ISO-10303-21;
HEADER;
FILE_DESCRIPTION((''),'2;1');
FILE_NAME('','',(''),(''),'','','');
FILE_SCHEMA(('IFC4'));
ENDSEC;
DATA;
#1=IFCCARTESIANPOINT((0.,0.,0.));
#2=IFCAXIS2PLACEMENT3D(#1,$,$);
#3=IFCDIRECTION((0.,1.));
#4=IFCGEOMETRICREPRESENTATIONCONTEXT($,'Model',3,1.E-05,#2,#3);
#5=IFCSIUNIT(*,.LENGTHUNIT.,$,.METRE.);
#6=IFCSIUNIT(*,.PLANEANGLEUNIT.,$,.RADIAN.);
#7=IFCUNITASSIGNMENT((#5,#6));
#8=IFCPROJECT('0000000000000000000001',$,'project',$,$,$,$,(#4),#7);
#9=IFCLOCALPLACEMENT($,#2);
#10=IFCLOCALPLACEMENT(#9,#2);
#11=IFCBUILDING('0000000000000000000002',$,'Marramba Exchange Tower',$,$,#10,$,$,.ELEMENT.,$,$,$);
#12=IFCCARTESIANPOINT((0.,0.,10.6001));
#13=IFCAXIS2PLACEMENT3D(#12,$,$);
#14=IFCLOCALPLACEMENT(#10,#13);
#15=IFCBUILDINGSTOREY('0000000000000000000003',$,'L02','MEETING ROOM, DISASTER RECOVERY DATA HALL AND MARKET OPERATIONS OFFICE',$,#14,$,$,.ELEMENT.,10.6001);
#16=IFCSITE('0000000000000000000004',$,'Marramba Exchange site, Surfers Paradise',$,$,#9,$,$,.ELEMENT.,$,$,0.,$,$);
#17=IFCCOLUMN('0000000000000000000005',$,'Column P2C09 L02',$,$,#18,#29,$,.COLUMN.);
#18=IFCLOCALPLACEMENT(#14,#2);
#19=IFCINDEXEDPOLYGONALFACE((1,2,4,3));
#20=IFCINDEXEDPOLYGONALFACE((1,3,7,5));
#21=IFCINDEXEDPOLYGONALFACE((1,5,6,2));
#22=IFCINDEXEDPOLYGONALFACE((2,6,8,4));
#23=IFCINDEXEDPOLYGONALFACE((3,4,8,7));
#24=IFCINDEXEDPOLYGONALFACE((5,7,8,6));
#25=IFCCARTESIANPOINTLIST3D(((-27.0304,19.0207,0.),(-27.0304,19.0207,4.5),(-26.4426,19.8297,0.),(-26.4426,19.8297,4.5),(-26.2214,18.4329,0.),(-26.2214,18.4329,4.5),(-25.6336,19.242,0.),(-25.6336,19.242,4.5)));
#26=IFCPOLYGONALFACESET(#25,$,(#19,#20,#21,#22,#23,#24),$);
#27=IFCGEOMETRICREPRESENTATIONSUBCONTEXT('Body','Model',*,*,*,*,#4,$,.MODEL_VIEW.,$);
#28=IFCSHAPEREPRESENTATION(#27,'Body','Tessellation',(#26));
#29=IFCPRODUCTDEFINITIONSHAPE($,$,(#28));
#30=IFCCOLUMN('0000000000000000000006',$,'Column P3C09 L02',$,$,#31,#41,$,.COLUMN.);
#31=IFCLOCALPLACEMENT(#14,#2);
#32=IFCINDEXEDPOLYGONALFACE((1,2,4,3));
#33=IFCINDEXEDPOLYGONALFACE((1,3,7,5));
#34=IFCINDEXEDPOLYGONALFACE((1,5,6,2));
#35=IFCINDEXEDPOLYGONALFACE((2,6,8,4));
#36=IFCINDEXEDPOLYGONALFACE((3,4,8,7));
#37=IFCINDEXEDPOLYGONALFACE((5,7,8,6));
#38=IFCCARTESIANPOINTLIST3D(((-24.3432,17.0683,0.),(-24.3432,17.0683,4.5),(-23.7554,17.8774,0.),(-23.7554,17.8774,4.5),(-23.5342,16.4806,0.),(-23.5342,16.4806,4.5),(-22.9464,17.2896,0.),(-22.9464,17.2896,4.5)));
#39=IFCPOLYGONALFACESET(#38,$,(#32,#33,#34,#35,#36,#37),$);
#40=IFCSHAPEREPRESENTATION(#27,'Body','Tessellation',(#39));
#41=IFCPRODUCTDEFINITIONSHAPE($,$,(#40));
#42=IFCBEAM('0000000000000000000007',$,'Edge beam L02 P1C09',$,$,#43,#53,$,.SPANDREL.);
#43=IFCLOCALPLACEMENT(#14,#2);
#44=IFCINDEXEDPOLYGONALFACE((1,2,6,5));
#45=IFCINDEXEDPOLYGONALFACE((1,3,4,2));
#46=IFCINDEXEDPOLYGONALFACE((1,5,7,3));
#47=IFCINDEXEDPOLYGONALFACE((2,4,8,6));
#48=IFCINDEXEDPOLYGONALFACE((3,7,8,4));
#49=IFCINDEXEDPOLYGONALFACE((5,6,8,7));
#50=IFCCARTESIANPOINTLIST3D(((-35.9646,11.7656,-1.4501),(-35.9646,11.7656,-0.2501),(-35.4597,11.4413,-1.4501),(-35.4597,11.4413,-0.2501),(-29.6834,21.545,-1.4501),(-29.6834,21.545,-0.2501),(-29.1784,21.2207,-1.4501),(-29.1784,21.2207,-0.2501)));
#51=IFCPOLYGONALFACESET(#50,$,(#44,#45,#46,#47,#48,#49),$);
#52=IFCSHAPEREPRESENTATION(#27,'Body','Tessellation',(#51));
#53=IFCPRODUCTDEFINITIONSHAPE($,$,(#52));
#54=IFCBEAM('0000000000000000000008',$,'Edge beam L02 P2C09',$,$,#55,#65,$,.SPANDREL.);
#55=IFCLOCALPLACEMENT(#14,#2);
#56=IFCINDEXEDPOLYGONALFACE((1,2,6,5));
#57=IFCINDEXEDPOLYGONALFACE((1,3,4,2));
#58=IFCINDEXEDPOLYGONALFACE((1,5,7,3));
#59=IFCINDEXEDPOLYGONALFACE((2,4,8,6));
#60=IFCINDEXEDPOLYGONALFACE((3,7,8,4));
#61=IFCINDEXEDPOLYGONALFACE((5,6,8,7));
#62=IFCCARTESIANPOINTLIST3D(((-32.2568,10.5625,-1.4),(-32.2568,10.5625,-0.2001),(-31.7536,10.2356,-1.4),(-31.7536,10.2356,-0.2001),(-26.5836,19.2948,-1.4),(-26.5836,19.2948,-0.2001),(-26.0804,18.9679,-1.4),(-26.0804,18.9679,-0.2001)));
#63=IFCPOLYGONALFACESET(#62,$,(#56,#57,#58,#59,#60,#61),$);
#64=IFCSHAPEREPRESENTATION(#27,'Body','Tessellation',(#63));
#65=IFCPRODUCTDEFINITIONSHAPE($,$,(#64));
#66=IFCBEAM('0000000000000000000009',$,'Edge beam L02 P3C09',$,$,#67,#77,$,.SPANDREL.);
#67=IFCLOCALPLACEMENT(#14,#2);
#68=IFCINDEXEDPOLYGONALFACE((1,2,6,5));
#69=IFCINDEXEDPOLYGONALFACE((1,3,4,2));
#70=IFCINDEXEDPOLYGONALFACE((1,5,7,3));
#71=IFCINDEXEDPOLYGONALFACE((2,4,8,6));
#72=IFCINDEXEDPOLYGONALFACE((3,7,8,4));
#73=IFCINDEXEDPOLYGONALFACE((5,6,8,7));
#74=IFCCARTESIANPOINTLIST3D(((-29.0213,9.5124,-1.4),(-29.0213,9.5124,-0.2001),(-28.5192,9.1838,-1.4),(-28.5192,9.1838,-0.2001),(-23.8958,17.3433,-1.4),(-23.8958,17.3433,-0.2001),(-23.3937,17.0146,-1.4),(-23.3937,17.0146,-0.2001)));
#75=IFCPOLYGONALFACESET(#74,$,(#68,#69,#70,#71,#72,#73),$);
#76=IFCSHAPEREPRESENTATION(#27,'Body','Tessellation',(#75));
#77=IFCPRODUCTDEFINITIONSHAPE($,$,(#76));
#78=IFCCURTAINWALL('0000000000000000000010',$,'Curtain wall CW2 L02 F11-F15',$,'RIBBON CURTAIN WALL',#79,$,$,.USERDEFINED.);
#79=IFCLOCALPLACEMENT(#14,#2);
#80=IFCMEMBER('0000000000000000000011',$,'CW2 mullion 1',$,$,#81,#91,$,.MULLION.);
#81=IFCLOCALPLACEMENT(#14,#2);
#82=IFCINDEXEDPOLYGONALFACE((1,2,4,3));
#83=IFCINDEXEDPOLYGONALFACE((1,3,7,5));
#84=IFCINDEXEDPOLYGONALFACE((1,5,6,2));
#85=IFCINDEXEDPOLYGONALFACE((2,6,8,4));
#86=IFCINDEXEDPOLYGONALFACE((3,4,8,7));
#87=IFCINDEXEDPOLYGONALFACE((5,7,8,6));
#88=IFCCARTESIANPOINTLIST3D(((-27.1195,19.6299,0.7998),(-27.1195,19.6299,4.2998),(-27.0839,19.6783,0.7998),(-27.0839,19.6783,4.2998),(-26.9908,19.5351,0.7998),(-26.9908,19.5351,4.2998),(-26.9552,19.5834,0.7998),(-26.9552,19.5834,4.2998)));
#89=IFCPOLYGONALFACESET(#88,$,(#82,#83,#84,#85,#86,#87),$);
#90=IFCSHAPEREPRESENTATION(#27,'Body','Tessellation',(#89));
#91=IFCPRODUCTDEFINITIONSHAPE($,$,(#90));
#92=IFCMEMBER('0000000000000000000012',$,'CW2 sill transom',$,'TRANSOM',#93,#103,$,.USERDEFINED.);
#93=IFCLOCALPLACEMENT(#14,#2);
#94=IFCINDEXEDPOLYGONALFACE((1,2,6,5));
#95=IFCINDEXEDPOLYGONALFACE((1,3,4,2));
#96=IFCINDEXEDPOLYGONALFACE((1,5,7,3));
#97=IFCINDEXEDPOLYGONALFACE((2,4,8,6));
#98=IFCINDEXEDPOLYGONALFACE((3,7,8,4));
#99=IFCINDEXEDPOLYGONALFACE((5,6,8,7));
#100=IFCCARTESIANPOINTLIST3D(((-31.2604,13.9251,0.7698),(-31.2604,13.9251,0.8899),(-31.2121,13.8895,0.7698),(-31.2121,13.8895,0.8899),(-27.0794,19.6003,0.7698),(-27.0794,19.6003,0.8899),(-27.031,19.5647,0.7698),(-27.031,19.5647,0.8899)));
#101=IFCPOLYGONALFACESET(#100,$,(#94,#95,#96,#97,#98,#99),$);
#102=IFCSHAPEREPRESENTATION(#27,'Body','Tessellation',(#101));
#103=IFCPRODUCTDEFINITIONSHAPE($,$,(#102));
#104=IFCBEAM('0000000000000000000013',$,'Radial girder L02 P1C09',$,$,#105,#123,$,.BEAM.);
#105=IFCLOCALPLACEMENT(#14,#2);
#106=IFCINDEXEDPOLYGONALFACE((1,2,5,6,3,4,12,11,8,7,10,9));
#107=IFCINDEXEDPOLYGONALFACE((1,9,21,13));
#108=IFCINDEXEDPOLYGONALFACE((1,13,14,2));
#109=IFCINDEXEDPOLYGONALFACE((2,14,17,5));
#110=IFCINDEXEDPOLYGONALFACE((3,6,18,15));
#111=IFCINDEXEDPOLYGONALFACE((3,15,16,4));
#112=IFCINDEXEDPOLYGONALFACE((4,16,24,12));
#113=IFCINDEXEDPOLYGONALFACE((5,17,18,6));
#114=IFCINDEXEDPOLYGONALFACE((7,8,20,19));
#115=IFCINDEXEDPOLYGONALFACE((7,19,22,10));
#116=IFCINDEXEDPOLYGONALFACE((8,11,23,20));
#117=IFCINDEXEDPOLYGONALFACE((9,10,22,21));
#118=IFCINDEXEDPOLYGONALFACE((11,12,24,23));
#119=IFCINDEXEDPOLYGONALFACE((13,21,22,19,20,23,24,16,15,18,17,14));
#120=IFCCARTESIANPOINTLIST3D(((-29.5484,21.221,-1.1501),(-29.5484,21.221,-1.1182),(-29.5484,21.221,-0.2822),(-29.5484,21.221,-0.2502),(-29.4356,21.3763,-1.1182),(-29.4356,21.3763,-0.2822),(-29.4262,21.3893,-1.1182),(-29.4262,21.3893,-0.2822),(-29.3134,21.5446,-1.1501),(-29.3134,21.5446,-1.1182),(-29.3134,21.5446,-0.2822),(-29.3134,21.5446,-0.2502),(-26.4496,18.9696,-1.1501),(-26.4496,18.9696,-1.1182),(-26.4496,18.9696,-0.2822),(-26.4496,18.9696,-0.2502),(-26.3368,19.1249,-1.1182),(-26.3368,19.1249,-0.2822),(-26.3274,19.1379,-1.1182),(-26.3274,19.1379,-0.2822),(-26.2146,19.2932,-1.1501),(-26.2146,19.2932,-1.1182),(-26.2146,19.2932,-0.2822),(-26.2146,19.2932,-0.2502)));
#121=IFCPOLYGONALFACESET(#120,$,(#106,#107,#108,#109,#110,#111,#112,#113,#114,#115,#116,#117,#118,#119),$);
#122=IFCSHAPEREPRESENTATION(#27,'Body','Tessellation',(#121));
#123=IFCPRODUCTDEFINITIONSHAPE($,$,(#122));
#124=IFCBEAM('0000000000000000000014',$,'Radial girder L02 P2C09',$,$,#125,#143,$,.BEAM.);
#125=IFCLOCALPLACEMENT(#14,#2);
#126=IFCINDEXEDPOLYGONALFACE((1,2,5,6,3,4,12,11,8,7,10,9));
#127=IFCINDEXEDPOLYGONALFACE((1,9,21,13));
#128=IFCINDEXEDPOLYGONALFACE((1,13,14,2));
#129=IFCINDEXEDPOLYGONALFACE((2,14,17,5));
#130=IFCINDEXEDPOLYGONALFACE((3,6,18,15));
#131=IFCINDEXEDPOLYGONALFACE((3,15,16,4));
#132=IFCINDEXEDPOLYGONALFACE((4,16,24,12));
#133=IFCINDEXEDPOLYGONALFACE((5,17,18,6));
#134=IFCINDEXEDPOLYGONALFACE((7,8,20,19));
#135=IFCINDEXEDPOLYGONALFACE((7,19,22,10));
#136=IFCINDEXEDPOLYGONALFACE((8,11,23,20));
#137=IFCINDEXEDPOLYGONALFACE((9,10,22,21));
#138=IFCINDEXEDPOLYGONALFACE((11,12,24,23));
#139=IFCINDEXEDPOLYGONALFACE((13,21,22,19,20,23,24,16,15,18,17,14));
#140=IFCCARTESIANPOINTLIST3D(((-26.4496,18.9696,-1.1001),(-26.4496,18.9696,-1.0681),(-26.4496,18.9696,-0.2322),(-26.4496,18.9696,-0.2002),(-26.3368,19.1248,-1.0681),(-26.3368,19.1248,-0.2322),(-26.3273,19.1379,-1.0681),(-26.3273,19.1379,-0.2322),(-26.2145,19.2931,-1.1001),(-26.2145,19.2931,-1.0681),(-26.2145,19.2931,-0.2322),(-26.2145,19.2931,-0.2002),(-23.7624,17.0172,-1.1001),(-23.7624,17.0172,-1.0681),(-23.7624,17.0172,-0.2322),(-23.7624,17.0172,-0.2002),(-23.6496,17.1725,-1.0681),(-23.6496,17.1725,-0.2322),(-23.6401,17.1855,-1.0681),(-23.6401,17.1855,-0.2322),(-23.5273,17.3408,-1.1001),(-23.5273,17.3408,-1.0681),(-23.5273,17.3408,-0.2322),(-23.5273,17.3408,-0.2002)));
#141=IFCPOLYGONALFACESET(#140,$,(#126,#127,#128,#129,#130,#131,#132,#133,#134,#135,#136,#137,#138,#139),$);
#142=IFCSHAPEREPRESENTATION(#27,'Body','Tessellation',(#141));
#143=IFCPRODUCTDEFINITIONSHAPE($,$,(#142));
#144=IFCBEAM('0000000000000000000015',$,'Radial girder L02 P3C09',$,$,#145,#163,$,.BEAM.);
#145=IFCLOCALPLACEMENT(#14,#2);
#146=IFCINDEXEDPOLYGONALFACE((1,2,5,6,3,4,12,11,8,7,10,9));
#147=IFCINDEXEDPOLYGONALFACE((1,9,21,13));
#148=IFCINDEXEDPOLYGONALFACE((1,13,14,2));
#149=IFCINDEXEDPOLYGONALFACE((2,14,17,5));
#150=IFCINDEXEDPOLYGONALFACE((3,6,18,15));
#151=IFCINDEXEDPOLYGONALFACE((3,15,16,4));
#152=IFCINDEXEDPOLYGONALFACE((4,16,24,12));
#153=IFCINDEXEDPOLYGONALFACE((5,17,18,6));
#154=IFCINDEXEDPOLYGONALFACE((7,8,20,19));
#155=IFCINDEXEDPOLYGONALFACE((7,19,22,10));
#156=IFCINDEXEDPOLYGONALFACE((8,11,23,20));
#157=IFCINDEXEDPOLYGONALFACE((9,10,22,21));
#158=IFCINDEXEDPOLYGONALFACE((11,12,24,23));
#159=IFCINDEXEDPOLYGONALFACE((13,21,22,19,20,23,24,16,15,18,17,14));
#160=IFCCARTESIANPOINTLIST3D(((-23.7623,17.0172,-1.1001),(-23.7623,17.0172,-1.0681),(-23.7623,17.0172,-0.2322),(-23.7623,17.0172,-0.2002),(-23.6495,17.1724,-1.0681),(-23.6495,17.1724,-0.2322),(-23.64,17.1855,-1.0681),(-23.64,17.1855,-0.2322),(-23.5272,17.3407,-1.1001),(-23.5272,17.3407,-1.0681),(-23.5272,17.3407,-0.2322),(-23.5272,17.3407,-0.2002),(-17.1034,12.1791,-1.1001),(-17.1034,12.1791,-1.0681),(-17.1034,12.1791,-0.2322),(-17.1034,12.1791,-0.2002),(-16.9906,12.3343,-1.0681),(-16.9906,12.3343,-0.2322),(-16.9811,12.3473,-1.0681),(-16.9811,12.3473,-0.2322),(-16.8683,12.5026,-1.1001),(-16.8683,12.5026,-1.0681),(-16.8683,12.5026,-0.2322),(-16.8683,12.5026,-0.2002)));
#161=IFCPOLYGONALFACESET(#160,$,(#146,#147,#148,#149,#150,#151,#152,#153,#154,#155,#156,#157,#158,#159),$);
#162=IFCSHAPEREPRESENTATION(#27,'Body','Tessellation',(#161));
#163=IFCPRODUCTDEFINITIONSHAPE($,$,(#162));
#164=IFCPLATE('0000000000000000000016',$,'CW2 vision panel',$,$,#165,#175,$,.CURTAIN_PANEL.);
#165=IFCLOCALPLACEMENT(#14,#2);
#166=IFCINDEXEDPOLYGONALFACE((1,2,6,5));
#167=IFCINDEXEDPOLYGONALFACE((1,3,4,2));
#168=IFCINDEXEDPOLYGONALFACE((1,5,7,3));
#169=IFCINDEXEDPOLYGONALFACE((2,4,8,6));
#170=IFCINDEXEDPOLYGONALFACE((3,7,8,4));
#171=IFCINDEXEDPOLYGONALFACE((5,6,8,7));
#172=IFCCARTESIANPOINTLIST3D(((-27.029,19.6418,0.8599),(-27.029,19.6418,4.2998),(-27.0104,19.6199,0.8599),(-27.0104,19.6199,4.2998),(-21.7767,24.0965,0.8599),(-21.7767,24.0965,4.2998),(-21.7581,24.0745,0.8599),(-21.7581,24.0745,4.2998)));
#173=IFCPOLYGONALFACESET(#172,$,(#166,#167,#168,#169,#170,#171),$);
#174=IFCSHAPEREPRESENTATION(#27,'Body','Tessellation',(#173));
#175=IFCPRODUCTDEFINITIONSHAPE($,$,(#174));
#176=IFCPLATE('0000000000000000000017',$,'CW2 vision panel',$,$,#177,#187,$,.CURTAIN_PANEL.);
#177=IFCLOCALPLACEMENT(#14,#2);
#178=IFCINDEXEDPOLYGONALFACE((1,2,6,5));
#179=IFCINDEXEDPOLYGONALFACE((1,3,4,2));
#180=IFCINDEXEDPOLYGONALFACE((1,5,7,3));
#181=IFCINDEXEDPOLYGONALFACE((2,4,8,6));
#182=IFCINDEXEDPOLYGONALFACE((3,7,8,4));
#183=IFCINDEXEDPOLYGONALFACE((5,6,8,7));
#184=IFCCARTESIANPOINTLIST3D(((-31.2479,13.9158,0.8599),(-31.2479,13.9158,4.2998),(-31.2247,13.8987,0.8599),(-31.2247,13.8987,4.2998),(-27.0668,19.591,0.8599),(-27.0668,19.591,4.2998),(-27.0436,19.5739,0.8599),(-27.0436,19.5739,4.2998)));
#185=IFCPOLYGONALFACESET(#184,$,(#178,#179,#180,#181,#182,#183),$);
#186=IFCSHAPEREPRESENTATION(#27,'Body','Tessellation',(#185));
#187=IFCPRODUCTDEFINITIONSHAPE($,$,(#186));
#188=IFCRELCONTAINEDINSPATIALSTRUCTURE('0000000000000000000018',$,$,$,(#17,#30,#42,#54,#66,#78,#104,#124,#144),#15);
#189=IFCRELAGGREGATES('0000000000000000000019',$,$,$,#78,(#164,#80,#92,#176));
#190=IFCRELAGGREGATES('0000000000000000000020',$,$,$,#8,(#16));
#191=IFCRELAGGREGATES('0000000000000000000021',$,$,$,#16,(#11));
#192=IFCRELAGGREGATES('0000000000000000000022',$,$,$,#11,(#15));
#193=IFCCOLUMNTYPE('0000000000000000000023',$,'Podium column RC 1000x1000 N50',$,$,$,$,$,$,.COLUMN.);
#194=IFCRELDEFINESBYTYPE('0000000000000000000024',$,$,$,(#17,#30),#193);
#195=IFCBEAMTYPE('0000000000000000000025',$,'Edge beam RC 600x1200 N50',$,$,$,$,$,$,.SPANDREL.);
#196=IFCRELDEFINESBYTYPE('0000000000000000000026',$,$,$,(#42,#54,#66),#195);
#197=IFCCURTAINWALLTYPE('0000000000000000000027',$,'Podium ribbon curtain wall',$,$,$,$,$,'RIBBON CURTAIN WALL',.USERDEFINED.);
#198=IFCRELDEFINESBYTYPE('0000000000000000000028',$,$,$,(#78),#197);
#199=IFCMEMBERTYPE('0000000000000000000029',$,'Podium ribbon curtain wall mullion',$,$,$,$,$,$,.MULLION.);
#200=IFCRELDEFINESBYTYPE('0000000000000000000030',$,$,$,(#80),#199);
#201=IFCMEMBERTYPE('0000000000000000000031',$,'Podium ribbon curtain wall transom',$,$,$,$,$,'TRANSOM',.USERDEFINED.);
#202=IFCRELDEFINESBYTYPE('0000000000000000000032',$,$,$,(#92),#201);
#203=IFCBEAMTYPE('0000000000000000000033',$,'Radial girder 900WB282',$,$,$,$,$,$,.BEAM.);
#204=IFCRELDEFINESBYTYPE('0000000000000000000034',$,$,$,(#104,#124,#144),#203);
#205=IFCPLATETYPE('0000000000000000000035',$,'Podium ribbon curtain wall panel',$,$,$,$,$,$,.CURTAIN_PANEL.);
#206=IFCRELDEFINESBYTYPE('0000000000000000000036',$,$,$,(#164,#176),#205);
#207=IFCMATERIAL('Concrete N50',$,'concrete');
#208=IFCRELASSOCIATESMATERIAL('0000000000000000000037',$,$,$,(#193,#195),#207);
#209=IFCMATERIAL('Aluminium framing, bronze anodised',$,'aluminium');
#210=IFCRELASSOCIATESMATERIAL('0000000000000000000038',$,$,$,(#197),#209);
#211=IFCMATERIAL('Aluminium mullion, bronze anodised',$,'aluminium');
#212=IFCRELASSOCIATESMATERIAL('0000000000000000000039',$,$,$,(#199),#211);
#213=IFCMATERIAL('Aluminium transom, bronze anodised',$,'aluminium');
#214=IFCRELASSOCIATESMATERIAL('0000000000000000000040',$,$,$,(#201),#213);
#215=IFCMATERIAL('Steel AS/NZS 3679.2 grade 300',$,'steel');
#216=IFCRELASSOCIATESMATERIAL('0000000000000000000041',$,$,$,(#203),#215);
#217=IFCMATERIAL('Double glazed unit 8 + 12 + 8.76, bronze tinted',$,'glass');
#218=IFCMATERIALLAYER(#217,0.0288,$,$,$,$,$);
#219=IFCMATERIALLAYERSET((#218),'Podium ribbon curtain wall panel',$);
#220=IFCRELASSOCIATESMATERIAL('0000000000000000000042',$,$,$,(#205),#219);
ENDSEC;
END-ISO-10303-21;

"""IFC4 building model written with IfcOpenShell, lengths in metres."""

from ifc_helpers import new_model, si_unit, direction, frame, origin, origin_2d, place, context, subcontext, project, spatial, rectangle, i_section, extrude, material, layer, layer_set, material_profile, profile_set, type_object, element, aggregate, save


model = new_model("IFC4")

# Units and contexts
model_context = context("Model", 3, precision=1e-05, world=origin(), true_north=direction((0.0, 1.0)))
body_context = subcontext(model_context, "Body", "Model", "MODEL_VIEW")
ifc_project = project(units=[si_unit("LENGTHUNIT", "METRE"), si_unit("PLANEANGLEUNIT", "RADIAN")], contexts=[model_context])

# Site, building, storey
site_placement = place(None, origin())
site = spatial("IfcSite", under=ifc_project, at=site_placement, Name="Marramba Exchange site, Surfers Paradise", CompositionType="ELEMENT", RefElevation=0.0)
building_placement = place(site_placement, origin())
building = spatial("IfcBuilding", under=site, at=building_placement, Name="Marramba Exchange Tower", CompositionType="ELEMENT")
storey_placement = place(building_placement, frame((0.0, 0.0, 10.6001)))
storey = spatial("IfcBuildingStorey", under=building, at=storey_placement, Name="L02", Description="MEETING ROOM, DISASTER RECOVERY DATA HALL AND MARKET OPERATIONS OFFICE", CompositionType="ELEMENT", Elevation=10.6001)

# Columns
ifc_material_1 = material(Name="Concrete N50", Category="concrete")
ifc_material_profile_1 = material_profile(ifc_material_1, rectangle(XDim=1.0, YDim=1.0, at=origin_2d()), Name="RC 1000x1000")
ifc_profile_set_1 = profile_set([ifc_material_profile_1], Name="Concrete N50")
column_type = type_object("IfcColumnType", Name="Podium column RC 1000x1000 N50", PredefinedType="COLUMN", material=ifc_profile_set_1)
for number, where, z_axis, x_axis, name in (
    (1, (-26.332, 19.1313, 0.0), (0.0, 0.0, 1.0), (-0.809017, 0.587785, 0.0), "Column P2C09 L02"),
    (2, (-23.6448, 17.179, 0.0), (0.0, 0.0, 1.0), (-0.809017, 0.587785, 0.0), "Column P3C09 L02"),
):
    element("IfcColumn", number, at=place(storey_placement, frame(where, z_axis=z_axis, x_axis=x_axis)), inside=storey, type_object=column_type, Name=name, PredefinedType="COLUMN", context=body_context, shape_type="SweptSolid", body=[
        extrude(rectangle(XDim=1.0, YDim=1.0, at=origin_2d()), origin(), (0.0, 0.0, 1.0), 4.5),
    ])

# Beams
ifc_material_profile_2 = material_profile(ifc_material_1, rectangle(XDim=0.6001, YDim=1.2, at=origin_2d()), Name="RC 600x1200")
ifc_profile_set_2 = profile_set([ifc_material_profile_2], Name="Concrete N50")
beam_type_1 = type_object("IfcBeamType", Name="Edge beam RC 600x1200 N50", PredefinedType="SPANDREL", material=ifc_profile_set_2)
beam_1_placement = place(storey_placement, frame((-29.4309, 21.3828, -0.8501), z_axis=(-0.540426, -0.841391, 0.0), x_axis=(0.841391, -0.540426, 0.0)))
element("IfcBeam", 3, at=beam_1_placement, inside=storey, type_object=beam_type_1, Name="Edge beam L02 P1C09", PredefinedType="SPANDREL", context=body_context, shape_type="SweptSolid", body=[
    extrude(rectangle(XDim=0.6001, YDim=1.2, at=origin_2d()), origin(), (0.0, 0.0, 1.0), 11.6228),
])
beam_2_placement = place(storey_placement, frame((-26.332, 19.1313, -0.8), z_axis=(-0.544798, -0.838567, 0.0), x_axis=(0.838567, -0.544798, 0.0)))
element("IfcBeam", 4, at=beam_2_placement, inside=storey, type_object=beam_type_1, Name="Edge beam L02 P2C09", PredefinedType="SPANDREL", context=body_context, shape_type="SweptSolid", body=[
    extrude(rectangle(XDim=0.6001, YDim=1.2, at=origin_2d()), origin(), (0.0, 0.0, 1.0), 10.4133),
])
beam_3_placement = place(storey_placement, frame((-23.6448, 17.179, -0.8), z_axis=(-0.547649, -0.836708, 0.0), x_axis=(0.836708, -0.547649, 0.0)))
element("IfcBeam", 5, at=beam_3_placement, inside=storey, type_object=beam_type_1, Name="Edge beam L02 P3C09", PredefinedType="SPANDREL", context=body_context, shape_type="SweptSolid", body=[
    extrude(rectangle(XDim=0.6001, YDim=1.2, at=origin_2d()), origin(), (0.0, 0.0, 1.0), 9.3591),
])

# Curtain wall, members
ifc_material_2 = material(Name="Aluminium framing, bronze anodised", Category="aluminium")
curtain_wall_type = type_object("IfcCurtainWallType", Name="Podium ribbon curtain wall", ElementType="RIBBON CURTAIN WALL", PredefinedType="USERDEFINED", material=ifc_material_2)
curtain_wall_placement = place(storey_placement, origin())
curtain_wall = element("IfcCurtainWall", 6, at=curtain_wall_placement, inside=storey, type_object=curtain_wall_type, Name="Curtain wall CW2 L02 F11-F15", ObjectType="RIBBON CURTAIN WALL", PredefinedType="USERDEFINED")
ifc_material_3 = material(Name="Aluminium mullion, bronze anodised", Category="aluminium")
ifc_material_profile_3 = material_profile(ifc_material_3, rectangle(XDim=0.1599, YDim=0.0601, at=origin_2d()), Name="CW2 mullion 60x160")
ifc_profile_set_3 = profile_set([ifc_material_profile_3], Name="Aluminium mullion, bronze anodised")
member_type_1 = type_object("IfcMemberType", Name="Podium ribbon curtain wall mullion", PredefinedType="MULLION", material=ifc_profile_set_3)
member_1_placement = place(storey_placement, frame((-27.0374, 19.6067, 0.7998), z_axis=(0.0, 0.0, 1.0), x_axis=(0.805102, -0.593136, 0.0)))
member_1 = element("IfcMember", 7, at=member_1_placement, type_object=member_type_1, Name="CW2 mullion 1", PredefinedType="MULLION", context=body_context, shape_type="SweptSolid", body=[
    extrude(rectangle(XDim=0.1599, YDim=0.0601, at=origin_2d()), origin(), (0.0, 0.0, 1.0), 3.5),
])
ifc_material_4 = material(Name="Aluminium transom, bronze anodised", Category="aluminium")
ifc_material_profile_4 = material_profile(ifc_material_4, rectangle(XDim=0.0601, YDim=0.1201, at=origin_2d()), Name="CW2 transom 60x120")
ifc_profile_set_4 = profile_set([ifc_material_profile_4], Name="Aluminium transom, bronze anodised")
member_type_2 = type_object("IfcMemberType", Name="Podium ribbon curtain wall transom", ElementType="TRANSOM", PredefinedType="USERDEFINED", material=ifc_profile_set_4)
member_2_placement = place(storey_placement, frame((-27.0552, 19.5825, 0.8298), z_axis=(-0.59314, -0.805099, 0.0), x_axis=(0.805099, -0.59314, 0.0)))
member_2 = element("IfcMember", 8, at=member_2_placement, type_object=member_type_2, Name="CW2 sill transom", ObjectType="TRANSOM", PredefinedType="USERDEFINED", context=body_context, shape_type="SweptSolid", body=[
    extrude(rectangle(XDim=0.0601, YDim=0.1201, at=origin_2d()), origin(), (0.0, 0.0, 1.0), 7.0491),
])

# Beams
ifc_material_5 = material(Name="Steel AS/NZS 3679.2 grade 300", Category="steel")
ifc_material_profile_5 = material_profile(ifc_material_5, i_section(OverallWidth=0.3999, OverallDepth=0.8999, WebThickness=0.0161, FlangeThickness=0.032, at=origin_2d()), Name="900WB282")
ifc_profile_set_5 = profile_set([ifc_material_profile_5], Name="Steel AS/NZS 3679.2 grade 300")
beam_type_2 = type_object("IfcBeamType", Name="Radial girder 900WB282", PredefinedType="BEAM", material=ifc_profile_set_5)
beam_4_placement = place(storey_placement, frame((-29.4309, 21.3828, -0.7002), z_axis=(0.809017, -0.587785, 0.0), x_axis=(0.587785, 0.809017, 0.0)))
element("IfcBeam", 9, at=beam_4_placement, inside=storey, type_object=beam_type_2, Name="Radial girder L02 P1C09", PredefinedType="BEAM", context=body_context, shape_type="SweptSolid", body=[
    extrude(i_section(OverallWidth=0.3999, OverallDepth=0.8999, WebThickness=0.0161, FlangeThickness=0.032, at=origin_2d()), origin(), (0.0, 0.0, 1.0), 3.8303),
])
beam_5_placement = place(storey_placement, frame((-26.332, 19.1313, -0.6501), z_axis=(0.809019, -0.587783, 0.0), x_axis=(0.587783, 0.809019, 0.0)))
element("IfcBeam", 10, at=beam_5_placement, inside=storey, type_object=beam_type_2, Name="Radial girder L02 P2C09", PredefinedType="BEAM", context=body_context, shape_type="SweptSolid", body=[
    extrude(i_section(OverallWidth=0.3999, OverallDepth=0.8999, WebThickness=0.0161, FlangeThickness=0.032, at=origin_2d()), origin(), (0.0, 0.0, 1.0), 3.3215),
])
beam_6_placement = place(storey_placement, frame((-23.6448, 17.179, -0.6501), z_axis=(0.809009, -0.587796, 0.0), x_axis=(0.587796, 0.809009, 0.0)))
element("IfcBeam", 11, at=beam_6_placement, inside=storey, type_object=beam_type_2, Name="Radial girder L02 P3C09", PredefinedType="BEAM", context=body_context, shape_type="SweptSolid", body=[
    extrude(i_section(OverallWidth=0.3999, OverallDepth=0.8999, WebThickness=0.0161, FlangeThickness=0.032, at=origin_2d()), origin(), (0.0, 0.0, 1.0), 8.231),
])

# Plates
ifc_material_6 = material(Name="Double glazed unit 8 + 12 + 8.76, bronze tinted", Category="glass")
ifc_layer_1 = layer(ifc_material_6, 0.0288)
ifc_layer_set_1 = layer_set([ifc_layer_1], Name="Podium ribbon curtain wall panel")
plate_type = type_object("IfcPlateType", Name="Podium ribbon curtain wall panel", PredefinedType="CURTAIN_PANEL", material=ifc_layer_set_1)
plate_1_placement = place(storey_placement, frame((-24.3936, 21.8582, 0.8599), z_axis=(0.0, 0.0, 1.0), x_axis=(-0.762643, -0.646819, 0.0)))
plate_1 = element("IfcPlate", 12, at=plate_1_placement, type_object=plate_type, Name="CW2 vision panel", PredefinedType="CURTAIN_PANEL", context=body_context, shape_type="SweptSolid", body=[
    extrude(rectangle(XDim=6.887, YDim=0.0288, at=origin_2d()), origin(), (0.0, 0.0, 1.0), 3.4399),
])
plate_2_placement = place(storey_placement, frame((-29.1458, 16.7449, 0.8599), z_axis=(0.0, 0.0, 1.0), x_axis=(-0.593136, -0.805102, 0.0)))
plate_2 = element("IfcPlate", 13, at=plate_2_placement, type_object=plate_type, Name="CW2 vision panel", PredefinedType="CURTAIN_PANEL", context=body_context, shape_type="SweptSolid", body=[
    extrude(rectangle(XDim=7.0491, YDim=0.0288, at=origin_2d()), origin(), (0.0, 0.0, 1.0), 3.4399),
])
aggregate(curtain_wall, [plate_1, member_1, member_2, plate_2])

save(model, "model.ifc")
